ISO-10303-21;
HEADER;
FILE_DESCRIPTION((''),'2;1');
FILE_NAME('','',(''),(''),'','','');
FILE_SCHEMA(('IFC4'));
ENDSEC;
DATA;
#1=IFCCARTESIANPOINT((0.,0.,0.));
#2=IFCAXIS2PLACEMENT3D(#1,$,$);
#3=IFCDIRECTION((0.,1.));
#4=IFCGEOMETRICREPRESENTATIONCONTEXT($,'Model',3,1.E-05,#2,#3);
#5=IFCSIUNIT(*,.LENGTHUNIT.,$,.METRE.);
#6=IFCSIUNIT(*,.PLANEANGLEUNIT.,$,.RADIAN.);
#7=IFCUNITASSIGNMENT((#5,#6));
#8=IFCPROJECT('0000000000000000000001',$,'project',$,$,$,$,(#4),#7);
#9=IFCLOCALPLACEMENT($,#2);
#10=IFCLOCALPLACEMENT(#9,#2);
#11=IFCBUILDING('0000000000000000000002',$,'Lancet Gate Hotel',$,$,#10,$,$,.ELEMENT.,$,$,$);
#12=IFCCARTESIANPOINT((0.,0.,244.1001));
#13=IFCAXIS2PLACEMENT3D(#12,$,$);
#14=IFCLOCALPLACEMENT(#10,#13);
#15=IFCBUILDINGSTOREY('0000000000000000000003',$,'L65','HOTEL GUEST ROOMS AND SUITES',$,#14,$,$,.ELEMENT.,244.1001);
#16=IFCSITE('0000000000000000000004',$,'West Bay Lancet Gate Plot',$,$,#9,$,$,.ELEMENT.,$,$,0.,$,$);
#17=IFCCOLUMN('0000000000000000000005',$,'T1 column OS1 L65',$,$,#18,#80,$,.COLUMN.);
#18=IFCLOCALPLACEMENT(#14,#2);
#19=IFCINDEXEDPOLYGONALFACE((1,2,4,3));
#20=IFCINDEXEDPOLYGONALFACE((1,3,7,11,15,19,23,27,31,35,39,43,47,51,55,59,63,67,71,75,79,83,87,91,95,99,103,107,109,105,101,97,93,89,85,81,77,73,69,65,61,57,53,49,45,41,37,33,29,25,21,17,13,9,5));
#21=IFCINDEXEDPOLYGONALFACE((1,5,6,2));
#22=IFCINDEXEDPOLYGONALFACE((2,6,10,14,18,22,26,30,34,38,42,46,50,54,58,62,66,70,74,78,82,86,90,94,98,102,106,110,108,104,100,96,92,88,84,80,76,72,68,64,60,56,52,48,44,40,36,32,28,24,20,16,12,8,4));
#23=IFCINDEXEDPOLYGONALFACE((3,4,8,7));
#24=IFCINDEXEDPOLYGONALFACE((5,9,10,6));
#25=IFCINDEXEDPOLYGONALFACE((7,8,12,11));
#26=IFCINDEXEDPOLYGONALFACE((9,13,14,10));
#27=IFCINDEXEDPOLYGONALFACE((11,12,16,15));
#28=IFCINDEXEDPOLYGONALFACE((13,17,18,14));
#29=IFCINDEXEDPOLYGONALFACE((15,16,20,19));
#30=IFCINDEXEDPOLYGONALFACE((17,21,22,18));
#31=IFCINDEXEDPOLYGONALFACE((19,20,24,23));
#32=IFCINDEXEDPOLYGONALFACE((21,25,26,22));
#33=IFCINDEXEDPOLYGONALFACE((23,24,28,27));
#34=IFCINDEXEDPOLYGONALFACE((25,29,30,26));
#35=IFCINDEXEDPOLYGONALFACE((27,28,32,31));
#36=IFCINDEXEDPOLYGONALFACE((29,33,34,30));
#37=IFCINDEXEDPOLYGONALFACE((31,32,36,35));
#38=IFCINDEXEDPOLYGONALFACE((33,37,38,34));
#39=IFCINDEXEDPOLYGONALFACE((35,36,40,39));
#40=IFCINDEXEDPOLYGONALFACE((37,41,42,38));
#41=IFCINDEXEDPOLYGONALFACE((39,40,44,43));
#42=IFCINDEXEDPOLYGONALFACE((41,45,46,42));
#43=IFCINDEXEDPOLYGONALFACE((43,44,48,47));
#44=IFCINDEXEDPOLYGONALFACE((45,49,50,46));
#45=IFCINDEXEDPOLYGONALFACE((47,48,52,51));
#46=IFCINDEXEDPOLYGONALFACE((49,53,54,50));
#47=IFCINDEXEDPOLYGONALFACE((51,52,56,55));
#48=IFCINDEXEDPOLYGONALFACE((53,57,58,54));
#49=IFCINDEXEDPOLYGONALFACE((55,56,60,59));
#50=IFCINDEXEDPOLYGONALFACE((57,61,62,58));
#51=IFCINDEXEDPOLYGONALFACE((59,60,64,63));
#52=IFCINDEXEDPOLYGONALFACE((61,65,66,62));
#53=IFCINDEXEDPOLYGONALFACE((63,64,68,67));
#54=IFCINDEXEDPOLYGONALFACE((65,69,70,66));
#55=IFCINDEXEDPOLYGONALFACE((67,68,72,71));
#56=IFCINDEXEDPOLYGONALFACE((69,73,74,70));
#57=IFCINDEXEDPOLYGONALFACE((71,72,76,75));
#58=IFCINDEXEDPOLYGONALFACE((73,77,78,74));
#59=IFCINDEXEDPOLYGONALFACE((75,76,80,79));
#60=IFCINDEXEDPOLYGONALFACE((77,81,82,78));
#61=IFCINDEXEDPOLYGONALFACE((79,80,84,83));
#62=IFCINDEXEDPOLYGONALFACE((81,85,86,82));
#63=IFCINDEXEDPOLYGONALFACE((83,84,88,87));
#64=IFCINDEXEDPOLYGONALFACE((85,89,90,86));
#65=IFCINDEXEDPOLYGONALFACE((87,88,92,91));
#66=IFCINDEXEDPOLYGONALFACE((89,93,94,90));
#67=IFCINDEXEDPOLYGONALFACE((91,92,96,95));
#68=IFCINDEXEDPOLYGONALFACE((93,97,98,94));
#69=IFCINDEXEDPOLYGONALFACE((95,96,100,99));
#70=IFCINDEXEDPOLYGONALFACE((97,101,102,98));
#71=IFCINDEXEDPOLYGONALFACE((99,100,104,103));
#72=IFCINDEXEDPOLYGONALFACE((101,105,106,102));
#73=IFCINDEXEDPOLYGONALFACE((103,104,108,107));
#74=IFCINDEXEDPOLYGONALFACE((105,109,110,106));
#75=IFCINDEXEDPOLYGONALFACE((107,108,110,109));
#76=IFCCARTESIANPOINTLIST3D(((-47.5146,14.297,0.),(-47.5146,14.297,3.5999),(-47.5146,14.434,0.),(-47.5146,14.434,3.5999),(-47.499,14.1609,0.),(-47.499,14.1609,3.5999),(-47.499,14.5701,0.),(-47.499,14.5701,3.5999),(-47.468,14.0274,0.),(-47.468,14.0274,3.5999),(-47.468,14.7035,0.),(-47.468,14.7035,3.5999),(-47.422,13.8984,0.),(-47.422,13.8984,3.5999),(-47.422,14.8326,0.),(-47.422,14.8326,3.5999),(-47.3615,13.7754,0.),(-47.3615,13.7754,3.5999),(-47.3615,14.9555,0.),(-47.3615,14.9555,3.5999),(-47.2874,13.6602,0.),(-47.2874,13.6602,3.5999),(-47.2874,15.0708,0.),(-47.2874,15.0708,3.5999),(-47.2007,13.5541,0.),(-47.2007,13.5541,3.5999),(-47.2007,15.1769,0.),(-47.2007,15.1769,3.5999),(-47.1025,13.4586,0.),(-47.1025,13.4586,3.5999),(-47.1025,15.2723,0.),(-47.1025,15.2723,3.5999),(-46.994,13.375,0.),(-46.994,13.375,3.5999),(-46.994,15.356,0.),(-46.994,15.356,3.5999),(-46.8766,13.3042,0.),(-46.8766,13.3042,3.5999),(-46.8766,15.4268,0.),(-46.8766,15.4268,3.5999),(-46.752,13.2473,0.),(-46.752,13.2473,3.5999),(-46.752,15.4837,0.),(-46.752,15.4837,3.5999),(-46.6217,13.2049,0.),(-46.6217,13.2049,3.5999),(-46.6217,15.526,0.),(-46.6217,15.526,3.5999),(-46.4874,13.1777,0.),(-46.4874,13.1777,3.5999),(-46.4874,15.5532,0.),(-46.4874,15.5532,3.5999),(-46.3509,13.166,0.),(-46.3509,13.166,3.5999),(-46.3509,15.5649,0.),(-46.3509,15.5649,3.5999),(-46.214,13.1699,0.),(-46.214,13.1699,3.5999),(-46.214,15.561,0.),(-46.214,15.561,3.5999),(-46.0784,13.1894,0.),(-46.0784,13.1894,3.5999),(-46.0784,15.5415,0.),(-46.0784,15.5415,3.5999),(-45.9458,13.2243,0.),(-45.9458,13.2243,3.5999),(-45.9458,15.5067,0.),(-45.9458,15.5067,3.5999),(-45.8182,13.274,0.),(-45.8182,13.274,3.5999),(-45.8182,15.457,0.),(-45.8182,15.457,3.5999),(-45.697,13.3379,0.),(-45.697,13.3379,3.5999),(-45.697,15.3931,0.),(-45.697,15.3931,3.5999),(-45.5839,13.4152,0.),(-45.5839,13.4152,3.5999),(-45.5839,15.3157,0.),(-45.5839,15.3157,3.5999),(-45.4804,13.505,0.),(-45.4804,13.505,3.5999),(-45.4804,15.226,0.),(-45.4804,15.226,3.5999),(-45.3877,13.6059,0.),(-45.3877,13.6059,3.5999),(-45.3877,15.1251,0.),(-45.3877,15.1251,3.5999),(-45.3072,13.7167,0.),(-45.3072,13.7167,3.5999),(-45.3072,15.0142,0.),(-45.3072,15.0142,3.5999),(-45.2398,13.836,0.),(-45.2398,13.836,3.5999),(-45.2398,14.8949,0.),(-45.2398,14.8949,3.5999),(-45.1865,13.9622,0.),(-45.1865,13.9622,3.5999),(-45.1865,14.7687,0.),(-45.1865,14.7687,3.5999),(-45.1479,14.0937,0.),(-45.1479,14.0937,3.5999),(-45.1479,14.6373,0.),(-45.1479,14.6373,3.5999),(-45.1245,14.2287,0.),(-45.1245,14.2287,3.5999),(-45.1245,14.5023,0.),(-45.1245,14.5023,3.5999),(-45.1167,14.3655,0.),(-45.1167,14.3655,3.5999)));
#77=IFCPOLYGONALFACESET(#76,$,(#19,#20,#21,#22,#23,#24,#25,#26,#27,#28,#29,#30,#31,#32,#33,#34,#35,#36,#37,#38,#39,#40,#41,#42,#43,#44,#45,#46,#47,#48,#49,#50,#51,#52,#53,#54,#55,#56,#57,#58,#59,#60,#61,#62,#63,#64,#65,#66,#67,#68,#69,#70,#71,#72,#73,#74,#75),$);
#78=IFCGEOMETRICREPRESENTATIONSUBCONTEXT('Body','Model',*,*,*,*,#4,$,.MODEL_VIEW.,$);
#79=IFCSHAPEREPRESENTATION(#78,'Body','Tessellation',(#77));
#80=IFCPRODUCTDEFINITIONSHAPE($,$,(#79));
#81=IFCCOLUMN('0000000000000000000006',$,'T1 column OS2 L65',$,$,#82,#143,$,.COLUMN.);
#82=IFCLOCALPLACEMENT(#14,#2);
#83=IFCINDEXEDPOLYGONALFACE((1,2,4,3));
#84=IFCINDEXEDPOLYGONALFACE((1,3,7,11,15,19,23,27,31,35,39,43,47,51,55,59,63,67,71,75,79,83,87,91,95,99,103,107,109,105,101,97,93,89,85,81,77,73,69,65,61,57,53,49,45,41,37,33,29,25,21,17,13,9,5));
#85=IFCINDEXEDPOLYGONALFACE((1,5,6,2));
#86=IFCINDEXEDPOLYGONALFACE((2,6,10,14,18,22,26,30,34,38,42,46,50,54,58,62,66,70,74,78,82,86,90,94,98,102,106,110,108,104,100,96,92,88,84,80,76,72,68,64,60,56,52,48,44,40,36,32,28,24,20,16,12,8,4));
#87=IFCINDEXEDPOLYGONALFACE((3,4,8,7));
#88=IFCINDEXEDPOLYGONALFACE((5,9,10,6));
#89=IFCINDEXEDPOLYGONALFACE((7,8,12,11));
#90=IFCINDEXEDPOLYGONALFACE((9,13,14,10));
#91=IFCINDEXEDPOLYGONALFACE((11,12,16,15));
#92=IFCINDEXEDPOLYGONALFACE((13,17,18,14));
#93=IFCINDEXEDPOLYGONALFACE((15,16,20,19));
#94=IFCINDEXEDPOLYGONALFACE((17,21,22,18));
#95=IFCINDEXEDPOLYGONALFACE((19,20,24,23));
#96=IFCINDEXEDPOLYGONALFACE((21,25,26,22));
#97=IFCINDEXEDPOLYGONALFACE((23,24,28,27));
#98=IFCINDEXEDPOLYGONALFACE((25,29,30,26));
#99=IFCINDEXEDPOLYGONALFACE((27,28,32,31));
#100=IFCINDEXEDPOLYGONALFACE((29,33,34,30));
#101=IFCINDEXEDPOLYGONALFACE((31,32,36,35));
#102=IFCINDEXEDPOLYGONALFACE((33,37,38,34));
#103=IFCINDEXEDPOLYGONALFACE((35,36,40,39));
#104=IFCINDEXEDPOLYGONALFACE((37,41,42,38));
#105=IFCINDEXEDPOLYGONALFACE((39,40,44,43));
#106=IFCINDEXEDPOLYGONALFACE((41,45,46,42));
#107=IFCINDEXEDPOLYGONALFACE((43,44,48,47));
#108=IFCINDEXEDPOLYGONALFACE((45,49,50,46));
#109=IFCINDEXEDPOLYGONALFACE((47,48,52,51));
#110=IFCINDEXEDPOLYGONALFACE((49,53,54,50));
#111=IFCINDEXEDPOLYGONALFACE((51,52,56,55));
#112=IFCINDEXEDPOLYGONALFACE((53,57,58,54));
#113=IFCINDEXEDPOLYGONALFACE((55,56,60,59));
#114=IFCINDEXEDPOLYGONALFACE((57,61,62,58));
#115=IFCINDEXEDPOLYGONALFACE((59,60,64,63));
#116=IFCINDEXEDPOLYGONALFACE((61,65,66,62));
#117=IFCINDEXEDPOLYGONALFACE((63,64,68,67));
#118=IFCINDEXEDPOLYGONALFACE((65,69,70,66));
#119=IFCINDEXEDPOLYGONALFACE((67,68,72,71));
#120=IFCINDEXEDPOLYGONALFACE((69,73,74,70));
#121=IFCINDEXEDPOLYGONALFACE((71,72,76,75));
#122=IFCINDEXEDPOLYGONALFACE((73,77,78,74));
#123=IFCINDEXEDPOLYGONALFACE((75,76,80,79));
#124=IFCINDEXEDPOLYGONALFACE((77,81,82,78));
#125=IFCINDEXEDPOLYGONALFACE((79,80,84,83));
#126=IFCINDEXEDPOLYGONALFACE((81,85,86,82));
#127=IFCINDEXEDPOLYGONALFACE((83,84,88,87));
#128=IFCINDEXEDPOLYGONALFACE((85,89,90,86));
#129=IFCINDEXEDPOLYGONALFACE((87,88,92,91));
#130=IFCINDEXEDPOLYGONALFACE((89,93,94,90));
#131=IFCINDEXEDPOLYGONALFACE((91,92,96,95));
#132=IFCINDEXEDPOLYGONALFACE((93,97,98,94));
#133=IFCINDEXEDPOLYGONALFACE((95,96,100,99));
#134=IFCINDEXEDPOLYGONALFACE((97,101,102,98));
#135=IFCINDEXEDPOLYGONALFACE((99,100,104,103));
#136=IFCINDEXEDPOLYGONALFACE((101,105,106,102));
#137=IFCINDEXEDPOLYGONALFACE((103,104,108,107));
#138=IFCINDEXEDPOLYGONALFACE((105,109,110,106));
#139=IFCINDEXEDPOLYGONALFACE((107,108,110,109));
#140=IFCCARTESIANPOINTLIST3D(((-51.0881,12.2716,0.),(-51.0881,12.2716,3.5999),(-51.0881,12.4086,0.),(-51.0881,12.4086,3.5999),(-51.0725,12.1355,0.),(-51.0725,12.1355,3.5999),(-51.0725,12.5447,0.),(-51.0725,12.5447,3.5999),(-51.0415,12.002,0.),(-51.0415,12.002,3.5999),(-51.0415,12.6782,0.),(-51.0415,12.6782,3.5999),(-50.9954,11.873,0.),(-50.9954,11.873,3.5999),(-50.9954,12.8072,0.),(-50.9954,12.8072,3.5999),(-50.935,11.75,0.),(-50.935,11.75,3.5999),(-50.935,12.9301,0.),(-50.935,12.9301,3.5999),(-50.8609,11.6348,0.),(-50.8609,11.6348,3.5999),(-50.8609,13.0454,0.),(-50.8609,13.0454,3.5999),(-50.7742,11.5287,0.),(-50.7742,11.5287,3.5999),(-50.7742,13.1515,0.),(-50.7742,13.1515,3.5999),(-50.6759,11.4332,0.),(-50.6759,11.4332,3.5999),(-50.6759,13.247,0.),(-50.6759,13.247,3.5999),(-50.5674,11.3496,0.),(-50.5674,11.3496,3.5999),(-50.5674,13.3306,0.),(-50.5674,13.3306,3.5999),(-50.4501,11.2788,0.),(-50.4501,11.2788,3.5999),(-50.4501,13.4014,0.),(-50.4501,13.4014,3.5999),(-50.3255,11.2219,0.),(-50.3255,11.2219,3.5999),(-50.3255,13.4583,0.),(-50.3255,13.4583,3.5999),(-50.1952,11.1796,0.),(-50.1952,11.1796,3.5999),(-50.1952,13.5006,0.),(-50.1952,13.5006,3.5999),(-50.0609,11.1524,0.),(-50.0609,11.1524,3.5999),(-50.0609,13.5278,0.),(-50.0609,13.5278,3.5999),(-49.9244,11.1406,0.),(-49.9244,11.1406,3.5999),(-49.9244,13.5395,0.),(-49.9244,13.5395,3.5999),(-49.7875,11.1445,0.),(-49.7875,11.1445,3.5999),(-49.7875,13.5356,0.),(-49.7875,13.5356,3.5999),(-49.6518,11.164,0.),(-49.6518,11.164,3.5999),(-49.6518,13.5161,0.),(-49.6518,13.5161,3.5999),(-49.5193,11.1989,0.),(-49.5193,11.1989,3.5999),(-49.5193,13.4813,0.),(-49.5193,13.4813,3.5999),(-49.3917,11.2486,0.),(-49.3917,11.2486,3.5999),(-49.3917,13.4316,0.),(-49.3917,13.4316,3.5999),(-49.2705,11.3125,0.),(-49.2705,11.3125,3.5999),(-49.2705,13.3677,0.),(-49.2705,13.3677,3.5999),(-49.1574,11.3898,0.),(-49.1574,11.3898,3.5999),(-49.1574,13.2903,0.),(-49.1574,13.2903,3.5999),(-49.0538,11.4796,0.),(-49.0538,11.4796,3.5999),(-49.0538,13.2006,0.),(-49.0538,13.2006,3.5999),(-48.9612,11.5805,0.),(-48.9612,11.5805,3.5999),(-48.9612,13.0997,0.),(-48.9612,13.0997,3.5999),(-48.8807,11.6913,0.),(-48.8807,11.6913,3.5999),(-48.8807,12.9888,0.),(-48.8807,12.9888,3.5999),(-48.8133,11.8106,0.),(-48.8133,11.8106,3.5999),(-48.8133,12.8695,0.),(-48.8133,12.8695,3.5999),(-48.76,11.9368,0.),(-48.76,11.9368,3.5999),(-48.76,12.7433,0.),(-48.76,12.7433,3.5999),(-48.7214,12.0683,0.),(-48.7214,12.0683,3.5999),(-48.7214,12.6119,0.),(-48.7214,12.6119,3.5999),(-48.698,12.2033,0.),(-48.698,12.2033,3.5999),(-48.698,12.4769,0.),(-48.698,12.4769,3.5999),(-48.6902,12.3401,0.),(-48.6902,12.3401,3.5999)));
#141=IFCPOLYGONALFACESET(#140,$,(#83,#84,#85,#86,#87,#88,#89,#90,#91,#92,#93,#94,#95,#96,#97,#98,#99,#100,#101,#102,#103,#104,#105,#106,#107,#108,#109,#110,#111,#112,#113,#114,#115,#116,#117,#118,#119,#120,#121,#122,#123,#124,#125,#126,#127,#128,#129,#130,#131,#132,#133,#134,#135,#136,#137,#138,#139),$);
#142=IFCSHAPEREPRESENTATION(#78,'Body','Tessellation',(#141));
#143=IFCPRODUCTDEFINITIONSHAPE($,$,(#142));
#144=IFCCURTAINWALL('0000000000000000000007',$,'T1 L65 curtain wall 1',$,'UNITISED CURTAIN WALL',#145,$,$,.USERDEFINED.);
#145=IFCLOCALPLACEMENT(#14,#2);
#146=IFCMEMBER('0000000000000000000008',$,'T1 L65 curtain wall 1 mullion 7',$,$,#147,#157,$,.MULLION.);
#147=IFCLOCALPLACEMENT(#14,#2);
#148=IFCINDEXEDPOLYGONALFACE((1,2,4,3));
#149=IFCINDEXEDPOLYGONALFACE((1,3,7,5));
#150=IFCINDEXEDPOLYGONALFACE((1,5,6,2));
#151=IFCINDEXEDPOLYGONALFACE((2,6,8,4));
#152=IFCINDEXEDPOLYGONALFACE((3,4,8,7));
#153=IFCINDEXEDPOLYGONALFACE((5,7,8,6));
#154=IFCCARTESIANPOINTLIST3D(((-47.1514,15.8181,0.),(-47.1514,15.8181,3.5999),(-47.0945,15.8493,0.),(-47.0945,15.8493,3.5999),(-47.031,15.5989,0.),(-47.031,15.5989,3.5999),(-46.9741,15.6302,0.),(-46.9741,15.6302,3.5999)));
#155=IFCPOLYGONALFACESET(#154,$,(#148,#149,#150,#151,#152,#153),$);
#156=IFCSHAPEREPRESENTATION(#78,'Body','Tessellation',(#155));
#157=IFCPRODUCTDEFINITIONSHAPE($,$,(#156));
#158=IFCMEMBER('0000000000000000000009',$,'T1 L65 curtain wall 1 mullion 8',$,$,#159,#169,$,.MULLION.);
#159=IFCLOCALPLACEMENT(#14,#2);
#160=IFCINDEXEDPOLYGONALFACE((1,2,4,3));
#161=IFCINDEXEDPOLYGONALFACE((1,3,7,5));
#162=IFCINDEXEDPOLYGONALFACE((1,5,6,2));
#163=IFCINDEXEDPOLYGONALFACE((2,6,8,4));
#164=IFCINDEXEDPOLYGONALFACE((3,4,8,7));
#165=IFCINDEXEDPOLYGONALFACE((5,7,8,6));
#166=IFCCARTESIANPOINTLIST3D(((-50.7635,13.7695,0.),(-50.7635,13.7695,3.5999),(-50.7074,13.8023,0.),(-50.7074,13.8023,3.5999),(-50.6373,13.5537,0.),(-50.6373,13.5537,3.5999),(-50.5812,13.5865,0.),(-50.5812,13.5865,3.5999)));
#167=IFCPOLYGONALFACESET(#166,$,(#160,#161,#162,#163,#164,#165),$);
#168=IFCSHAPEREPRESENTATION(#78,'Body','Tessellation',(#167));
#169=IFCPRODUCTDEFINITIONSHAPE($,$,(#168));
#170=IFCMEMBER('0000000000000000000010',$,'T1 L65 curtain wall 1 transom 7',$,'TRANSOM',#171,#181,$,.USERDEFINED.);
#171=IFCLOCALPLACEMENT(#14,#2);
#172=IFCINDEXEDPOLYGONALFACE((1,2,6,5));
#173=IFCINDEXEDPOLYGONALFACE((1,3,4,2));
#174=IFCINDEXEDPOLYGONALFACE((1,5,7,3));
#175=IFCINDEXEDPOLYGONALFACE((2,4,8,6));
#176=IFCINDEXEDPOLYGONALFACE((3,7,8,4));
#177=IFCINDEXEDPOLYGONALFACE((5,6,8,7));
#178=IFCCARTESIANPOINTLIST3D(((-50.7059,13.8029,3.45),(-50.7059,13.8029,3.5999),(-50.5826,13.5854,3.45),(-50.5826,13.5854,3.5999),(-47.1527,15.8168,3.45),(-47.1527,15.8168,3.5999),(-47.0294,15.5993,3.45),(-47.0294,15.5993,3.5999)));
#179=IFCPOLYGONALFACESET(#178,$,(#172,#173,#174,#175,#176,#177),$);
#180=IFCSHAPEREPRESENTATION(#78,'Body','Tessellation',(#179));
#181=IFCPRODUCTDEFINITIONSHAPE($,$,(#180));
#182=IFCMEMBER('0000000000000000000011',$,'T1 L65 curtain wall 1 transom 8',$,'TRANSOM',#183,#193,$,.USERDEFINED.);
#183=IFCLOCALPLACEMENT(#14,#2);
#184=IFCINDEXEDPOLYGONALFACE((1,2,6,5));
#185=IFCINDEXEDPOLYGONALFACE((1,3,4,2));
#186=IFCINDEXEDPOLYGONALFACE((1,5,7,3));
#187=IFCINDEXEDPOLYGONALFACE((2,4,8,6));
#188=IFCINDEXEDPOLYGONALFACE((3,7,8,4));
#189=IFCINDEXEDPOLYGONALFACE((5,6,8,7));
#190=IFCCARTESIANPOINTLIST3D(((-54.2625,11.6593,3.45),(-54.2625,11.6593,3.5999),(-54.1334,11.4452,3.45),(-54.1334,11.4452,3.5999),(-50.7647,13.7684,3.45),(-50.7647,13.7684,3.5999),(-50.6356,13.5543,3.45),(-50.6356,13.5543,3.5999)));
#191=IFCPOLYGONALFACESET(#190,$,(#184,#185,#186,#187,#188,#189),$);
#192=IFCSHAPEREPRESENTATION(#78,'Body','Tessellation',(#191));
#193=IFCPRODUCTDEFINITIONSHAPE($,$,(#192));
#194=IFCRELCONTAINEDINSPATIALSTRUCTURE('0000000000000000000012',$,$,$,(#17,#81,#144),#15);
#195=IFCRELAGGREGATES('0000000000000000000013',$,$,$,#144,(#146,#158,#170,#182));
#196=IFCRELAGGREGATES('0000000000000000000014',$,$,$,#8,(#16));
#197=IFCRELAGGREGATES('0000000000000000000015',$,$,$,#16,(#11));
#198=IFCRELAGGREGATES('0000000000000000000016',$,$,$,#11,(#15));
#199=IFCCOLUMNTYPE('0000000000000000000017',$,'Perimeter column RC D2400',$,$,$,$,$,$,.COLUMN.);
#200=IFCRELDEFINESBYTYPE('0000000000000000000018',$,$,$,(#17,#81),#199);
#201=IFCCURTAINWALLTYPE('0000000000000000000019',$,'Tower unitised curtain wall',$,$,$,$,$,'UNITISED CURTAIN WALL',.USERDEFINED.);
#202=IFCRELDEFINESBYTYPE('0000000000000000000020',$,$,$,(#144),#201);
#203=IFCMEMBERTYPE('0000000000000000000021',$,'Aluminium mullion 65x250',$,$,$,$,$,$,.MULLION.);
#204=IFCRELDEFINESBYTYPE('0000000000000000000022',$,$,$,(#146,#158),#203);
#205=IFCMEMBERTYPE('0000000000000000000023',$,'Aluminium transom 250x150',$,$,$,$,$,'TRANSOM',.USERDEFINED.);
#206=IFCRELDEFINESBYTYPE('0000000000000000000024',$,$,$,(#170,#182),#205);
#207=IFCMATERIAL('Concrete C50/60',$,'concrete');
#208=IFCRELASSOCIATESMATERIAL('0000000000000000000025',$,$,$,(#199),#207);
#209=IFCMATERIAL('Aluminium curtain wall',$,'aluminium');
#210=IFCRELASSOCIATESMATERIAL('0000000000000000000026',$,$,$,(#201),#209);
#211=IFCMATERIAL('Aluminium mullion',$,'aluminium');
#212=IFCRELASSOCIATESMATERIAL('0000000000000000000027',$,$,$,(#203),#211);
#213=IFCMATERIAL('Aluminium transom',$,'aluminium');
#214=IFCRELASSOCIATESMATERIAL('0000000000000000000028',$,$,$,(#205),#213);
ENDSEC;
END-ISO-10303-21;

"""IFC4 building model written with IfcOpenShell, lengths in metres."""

from ifc_helpers import new_model, si_unit, direction, frame, origin, origin_2d, place, context, subcontext, project, spatial, rectangle, circle, extrude, material, material_profile, profile_set, type_object, element, aggregate, save


model = new_model("IFC4")

# Units and contexts
model_context = context("Model", 3, precision=1e-05, world=origin(), true_north=direction((0.0, 1.0)))
body_context = subcontext(model_context, "Body", "Model", "MODEL_VIEW")
ifc_project = project(units=[si_unit("LENGTHUNIT", "METRE"), si_unit("PLANEANGLEUNIT", "RADIAN")], contexts=[model_context])

# Site, building, storey
site_placement = place(None, origin())
site = spatial("IfcSite", under=ifc_project, at=site_placement, Name="West Bay Lancet Gate Plot", CompositionType="ELEMENT", RefElevation=0.0)
building_placement = place(site_placement, origin())
building = spatial("IfcBuilding", under=site, at=building_placement, Name="Lancet Gate Hotel", CompositionType="ELEMENT")
storey_placement = place(building_placement, frame((0.0, 0.0, 244.1001)))
storey = spatial("IfcBuildingStorey", under=building, at=storey_placement, Name="L65", Description="HOTEL GUEST ROOMS AND SUITES", CompositionType="ELEMENT", Elevation=244.1001)

# Columns
ifc_material_1 = material(Name="Concrete C50/60", Category="concrete")
ifc_material_profile_1 = material_profile(ifc_material_1, circle(Radius=1.2, at=origin_2d()), Name="RC D2400")
ifc_profile_set_1 = profile_set([ifc_material_profile_1], Name="Concrete C50/60")
column_type = type_object("IfcColumnType", Name="Perimeter column RC D2400", PredefinedType="COLUMN", material=ifc_profile_set_1)
for number, where, z_axis, x_axis, name in (
    (1, (-46.3167, 14.3655, 0.0), (0.0, 0.0, 1.0), (1.0, 0.0, 0.0), "T1 column OS1 L65"),
    (2, (-49.8901, 12.3401, 0.0), (0.0, 0.0, 1.0), (1.0, 0.0, 0.0), "T1 column OS2 L65"),
):
    element("IfcColumn", number, at=place(storey_placement, frame(where, z_axis=z_axis, x_axis=x_axis)), inside=storey, type_object=column_type, Name=name, PredefinedType="COLUMN", context=body_context, shape_type="SweptSolid", body=[
        extrude(circle(Radius=1.2, at=origin_2d()), origin(), (0.0, 0.0, 1.0), 3.5999),
    ])

# Curtain wall, members
ifc_material_2 = material(Name="Aluminium curtain wall", Category="aluminium")
curtain_wall_type = type_object("IfcCurtainWallType", Name="Tower unitised curtain wall", ElementType="UNITISED CURTAIN WALL", PredefinedType="USERDEFINED", material=ifc_material_2)
curtain_wall_placement = place(storey_placement, origin())
curtain_wall = element("IfcCurtainWall", 3, at=curtain_wall_placement, inside=storey, type_object=curtain_wall_type, Name="T1 L65 curtain wall 1", ObjectType="UNITISED CURTAIN WALL", PredefinedType="USERDEFINED")
ifc_material_3 = material(Name="Aluminium mullion", Category="aluminium")
ifc_material_profile_2 = material_profile(ifc_material_3, rectangle(XDim=0.0649, YDim=0.25, at=origin_2d()), Name="MULLION 65x250")
ifc_profile_set_2 = profile_set([ifc_material_profile_2], Name="Aluminium mullion")
member_type_1 = type_object("IfcMemberType", Name="Aluminium mullion 65x250", PredefinedType="MULLION", material=ifc_profile_set_2)
member_1_placement = place(storey_placement, frame((-47.0627, 15.7241, 0.0), z_axis=(0.0, 0.0, 1.0), x_axis=(-0.876516, -0.481372, 0.0)))
member_1 = element("IfcMember", 4, at=member_1_placement, type_object=member_type_1, Name="T1 L65 curtain wall 1 mullion 7", PredefinedType="MULLION", context=body_context, shape_type="SweptSolid", body=[
    extrude(rectangle(XDim=0.0649, YDim=0.25, at=origin_2d()), origin(), (0.0, 0.0, 1.0), 3.5999),
])
member_2_placement = place(storey_placement, frame((-50.6724, 13.678, 0.0), z_axis=(0.0, 0.0, 1.0), x_axis=(-0.863242, -0.50479, 0.0)))
member_2 = element("IfcMember", 5, at=member_2_placement, type_object=member_type_1, Name="T1 L65 curtain wall 1 mullion 8", PredefinedType="MULLION", context=body_context, shape_type="SweptSolid", body=[
    extrude(rectangle(XDim=0.0649, YDim=0.25, at=origin_2d()), origin(), (0.0, 0.0, 1.0), 3.5999),
])
ifc_material_4 = material(Name="Aluminium transom", Category="aluminium")
ifc_material_profile_3 = material_profile(ifc_material_4, rectangle(XDim=0.25, YDim=0.1499, at=origin_2d()), Name="TRANSOM 250x150")
ifc_profile_set_3 = profile_set([ifc_material_profile_3], Name="Aluminium transom")
member_type_2 = type_object("IfcMemberType", Name="Aluminium transom 250x150", ElementType="TRANSOM", PredefinedType="USERDEFINED", material=ifc_profile_set_3)
member_3_placement = place(storey_placement, frame((-47.0911, 15.708, 3.5249), z_axis=(-0.869978, -0.493091, 0.0), x_axis=(0.493091, -0.869978, 0.0)))
member_3 = element("IfcMember", 6, at=member_3_placement, type_object=member_type_2, Name="T1 L65 curtain wall 1 transom 7", ObjectType="TRANSOM", PredefinedType="USERDEFINED", context=body_context, shape_type="SweptSolid", body=[
    extrude(rectangle(XDim=0.25, YDim=0.1499, at=origin_2d()), origin(), (0.0, 0.0, 1.0), 4.0842),
])
member_4_placement = place(storey_placement, frame((-50.7002, 13.6614, 3.5249), z_axis=(-0.856362, -0.516376, 0.0), x_axis=(0.516376, -0.856362, 0.0)))
member_4 = element("IfcMember", 7, at=member_4_placement, type_object=member_type_2, Name="T1 L65 curtain wall 1 transom 8", ObjectType="TRANSOM", PredefinedType="USERDEFINED", context=body_context, shape_type="SweptSolid", body=[
    extrude(rectangle(XDim=0.25, YDim=0.1499, at=origin_2d()), origin(), (0.0, 0.0, 1.0), 4.0845),
])

aggregate(curtain_wall, [member_1, member_2, member_3, member_4])

save(model, "model.ifc")
